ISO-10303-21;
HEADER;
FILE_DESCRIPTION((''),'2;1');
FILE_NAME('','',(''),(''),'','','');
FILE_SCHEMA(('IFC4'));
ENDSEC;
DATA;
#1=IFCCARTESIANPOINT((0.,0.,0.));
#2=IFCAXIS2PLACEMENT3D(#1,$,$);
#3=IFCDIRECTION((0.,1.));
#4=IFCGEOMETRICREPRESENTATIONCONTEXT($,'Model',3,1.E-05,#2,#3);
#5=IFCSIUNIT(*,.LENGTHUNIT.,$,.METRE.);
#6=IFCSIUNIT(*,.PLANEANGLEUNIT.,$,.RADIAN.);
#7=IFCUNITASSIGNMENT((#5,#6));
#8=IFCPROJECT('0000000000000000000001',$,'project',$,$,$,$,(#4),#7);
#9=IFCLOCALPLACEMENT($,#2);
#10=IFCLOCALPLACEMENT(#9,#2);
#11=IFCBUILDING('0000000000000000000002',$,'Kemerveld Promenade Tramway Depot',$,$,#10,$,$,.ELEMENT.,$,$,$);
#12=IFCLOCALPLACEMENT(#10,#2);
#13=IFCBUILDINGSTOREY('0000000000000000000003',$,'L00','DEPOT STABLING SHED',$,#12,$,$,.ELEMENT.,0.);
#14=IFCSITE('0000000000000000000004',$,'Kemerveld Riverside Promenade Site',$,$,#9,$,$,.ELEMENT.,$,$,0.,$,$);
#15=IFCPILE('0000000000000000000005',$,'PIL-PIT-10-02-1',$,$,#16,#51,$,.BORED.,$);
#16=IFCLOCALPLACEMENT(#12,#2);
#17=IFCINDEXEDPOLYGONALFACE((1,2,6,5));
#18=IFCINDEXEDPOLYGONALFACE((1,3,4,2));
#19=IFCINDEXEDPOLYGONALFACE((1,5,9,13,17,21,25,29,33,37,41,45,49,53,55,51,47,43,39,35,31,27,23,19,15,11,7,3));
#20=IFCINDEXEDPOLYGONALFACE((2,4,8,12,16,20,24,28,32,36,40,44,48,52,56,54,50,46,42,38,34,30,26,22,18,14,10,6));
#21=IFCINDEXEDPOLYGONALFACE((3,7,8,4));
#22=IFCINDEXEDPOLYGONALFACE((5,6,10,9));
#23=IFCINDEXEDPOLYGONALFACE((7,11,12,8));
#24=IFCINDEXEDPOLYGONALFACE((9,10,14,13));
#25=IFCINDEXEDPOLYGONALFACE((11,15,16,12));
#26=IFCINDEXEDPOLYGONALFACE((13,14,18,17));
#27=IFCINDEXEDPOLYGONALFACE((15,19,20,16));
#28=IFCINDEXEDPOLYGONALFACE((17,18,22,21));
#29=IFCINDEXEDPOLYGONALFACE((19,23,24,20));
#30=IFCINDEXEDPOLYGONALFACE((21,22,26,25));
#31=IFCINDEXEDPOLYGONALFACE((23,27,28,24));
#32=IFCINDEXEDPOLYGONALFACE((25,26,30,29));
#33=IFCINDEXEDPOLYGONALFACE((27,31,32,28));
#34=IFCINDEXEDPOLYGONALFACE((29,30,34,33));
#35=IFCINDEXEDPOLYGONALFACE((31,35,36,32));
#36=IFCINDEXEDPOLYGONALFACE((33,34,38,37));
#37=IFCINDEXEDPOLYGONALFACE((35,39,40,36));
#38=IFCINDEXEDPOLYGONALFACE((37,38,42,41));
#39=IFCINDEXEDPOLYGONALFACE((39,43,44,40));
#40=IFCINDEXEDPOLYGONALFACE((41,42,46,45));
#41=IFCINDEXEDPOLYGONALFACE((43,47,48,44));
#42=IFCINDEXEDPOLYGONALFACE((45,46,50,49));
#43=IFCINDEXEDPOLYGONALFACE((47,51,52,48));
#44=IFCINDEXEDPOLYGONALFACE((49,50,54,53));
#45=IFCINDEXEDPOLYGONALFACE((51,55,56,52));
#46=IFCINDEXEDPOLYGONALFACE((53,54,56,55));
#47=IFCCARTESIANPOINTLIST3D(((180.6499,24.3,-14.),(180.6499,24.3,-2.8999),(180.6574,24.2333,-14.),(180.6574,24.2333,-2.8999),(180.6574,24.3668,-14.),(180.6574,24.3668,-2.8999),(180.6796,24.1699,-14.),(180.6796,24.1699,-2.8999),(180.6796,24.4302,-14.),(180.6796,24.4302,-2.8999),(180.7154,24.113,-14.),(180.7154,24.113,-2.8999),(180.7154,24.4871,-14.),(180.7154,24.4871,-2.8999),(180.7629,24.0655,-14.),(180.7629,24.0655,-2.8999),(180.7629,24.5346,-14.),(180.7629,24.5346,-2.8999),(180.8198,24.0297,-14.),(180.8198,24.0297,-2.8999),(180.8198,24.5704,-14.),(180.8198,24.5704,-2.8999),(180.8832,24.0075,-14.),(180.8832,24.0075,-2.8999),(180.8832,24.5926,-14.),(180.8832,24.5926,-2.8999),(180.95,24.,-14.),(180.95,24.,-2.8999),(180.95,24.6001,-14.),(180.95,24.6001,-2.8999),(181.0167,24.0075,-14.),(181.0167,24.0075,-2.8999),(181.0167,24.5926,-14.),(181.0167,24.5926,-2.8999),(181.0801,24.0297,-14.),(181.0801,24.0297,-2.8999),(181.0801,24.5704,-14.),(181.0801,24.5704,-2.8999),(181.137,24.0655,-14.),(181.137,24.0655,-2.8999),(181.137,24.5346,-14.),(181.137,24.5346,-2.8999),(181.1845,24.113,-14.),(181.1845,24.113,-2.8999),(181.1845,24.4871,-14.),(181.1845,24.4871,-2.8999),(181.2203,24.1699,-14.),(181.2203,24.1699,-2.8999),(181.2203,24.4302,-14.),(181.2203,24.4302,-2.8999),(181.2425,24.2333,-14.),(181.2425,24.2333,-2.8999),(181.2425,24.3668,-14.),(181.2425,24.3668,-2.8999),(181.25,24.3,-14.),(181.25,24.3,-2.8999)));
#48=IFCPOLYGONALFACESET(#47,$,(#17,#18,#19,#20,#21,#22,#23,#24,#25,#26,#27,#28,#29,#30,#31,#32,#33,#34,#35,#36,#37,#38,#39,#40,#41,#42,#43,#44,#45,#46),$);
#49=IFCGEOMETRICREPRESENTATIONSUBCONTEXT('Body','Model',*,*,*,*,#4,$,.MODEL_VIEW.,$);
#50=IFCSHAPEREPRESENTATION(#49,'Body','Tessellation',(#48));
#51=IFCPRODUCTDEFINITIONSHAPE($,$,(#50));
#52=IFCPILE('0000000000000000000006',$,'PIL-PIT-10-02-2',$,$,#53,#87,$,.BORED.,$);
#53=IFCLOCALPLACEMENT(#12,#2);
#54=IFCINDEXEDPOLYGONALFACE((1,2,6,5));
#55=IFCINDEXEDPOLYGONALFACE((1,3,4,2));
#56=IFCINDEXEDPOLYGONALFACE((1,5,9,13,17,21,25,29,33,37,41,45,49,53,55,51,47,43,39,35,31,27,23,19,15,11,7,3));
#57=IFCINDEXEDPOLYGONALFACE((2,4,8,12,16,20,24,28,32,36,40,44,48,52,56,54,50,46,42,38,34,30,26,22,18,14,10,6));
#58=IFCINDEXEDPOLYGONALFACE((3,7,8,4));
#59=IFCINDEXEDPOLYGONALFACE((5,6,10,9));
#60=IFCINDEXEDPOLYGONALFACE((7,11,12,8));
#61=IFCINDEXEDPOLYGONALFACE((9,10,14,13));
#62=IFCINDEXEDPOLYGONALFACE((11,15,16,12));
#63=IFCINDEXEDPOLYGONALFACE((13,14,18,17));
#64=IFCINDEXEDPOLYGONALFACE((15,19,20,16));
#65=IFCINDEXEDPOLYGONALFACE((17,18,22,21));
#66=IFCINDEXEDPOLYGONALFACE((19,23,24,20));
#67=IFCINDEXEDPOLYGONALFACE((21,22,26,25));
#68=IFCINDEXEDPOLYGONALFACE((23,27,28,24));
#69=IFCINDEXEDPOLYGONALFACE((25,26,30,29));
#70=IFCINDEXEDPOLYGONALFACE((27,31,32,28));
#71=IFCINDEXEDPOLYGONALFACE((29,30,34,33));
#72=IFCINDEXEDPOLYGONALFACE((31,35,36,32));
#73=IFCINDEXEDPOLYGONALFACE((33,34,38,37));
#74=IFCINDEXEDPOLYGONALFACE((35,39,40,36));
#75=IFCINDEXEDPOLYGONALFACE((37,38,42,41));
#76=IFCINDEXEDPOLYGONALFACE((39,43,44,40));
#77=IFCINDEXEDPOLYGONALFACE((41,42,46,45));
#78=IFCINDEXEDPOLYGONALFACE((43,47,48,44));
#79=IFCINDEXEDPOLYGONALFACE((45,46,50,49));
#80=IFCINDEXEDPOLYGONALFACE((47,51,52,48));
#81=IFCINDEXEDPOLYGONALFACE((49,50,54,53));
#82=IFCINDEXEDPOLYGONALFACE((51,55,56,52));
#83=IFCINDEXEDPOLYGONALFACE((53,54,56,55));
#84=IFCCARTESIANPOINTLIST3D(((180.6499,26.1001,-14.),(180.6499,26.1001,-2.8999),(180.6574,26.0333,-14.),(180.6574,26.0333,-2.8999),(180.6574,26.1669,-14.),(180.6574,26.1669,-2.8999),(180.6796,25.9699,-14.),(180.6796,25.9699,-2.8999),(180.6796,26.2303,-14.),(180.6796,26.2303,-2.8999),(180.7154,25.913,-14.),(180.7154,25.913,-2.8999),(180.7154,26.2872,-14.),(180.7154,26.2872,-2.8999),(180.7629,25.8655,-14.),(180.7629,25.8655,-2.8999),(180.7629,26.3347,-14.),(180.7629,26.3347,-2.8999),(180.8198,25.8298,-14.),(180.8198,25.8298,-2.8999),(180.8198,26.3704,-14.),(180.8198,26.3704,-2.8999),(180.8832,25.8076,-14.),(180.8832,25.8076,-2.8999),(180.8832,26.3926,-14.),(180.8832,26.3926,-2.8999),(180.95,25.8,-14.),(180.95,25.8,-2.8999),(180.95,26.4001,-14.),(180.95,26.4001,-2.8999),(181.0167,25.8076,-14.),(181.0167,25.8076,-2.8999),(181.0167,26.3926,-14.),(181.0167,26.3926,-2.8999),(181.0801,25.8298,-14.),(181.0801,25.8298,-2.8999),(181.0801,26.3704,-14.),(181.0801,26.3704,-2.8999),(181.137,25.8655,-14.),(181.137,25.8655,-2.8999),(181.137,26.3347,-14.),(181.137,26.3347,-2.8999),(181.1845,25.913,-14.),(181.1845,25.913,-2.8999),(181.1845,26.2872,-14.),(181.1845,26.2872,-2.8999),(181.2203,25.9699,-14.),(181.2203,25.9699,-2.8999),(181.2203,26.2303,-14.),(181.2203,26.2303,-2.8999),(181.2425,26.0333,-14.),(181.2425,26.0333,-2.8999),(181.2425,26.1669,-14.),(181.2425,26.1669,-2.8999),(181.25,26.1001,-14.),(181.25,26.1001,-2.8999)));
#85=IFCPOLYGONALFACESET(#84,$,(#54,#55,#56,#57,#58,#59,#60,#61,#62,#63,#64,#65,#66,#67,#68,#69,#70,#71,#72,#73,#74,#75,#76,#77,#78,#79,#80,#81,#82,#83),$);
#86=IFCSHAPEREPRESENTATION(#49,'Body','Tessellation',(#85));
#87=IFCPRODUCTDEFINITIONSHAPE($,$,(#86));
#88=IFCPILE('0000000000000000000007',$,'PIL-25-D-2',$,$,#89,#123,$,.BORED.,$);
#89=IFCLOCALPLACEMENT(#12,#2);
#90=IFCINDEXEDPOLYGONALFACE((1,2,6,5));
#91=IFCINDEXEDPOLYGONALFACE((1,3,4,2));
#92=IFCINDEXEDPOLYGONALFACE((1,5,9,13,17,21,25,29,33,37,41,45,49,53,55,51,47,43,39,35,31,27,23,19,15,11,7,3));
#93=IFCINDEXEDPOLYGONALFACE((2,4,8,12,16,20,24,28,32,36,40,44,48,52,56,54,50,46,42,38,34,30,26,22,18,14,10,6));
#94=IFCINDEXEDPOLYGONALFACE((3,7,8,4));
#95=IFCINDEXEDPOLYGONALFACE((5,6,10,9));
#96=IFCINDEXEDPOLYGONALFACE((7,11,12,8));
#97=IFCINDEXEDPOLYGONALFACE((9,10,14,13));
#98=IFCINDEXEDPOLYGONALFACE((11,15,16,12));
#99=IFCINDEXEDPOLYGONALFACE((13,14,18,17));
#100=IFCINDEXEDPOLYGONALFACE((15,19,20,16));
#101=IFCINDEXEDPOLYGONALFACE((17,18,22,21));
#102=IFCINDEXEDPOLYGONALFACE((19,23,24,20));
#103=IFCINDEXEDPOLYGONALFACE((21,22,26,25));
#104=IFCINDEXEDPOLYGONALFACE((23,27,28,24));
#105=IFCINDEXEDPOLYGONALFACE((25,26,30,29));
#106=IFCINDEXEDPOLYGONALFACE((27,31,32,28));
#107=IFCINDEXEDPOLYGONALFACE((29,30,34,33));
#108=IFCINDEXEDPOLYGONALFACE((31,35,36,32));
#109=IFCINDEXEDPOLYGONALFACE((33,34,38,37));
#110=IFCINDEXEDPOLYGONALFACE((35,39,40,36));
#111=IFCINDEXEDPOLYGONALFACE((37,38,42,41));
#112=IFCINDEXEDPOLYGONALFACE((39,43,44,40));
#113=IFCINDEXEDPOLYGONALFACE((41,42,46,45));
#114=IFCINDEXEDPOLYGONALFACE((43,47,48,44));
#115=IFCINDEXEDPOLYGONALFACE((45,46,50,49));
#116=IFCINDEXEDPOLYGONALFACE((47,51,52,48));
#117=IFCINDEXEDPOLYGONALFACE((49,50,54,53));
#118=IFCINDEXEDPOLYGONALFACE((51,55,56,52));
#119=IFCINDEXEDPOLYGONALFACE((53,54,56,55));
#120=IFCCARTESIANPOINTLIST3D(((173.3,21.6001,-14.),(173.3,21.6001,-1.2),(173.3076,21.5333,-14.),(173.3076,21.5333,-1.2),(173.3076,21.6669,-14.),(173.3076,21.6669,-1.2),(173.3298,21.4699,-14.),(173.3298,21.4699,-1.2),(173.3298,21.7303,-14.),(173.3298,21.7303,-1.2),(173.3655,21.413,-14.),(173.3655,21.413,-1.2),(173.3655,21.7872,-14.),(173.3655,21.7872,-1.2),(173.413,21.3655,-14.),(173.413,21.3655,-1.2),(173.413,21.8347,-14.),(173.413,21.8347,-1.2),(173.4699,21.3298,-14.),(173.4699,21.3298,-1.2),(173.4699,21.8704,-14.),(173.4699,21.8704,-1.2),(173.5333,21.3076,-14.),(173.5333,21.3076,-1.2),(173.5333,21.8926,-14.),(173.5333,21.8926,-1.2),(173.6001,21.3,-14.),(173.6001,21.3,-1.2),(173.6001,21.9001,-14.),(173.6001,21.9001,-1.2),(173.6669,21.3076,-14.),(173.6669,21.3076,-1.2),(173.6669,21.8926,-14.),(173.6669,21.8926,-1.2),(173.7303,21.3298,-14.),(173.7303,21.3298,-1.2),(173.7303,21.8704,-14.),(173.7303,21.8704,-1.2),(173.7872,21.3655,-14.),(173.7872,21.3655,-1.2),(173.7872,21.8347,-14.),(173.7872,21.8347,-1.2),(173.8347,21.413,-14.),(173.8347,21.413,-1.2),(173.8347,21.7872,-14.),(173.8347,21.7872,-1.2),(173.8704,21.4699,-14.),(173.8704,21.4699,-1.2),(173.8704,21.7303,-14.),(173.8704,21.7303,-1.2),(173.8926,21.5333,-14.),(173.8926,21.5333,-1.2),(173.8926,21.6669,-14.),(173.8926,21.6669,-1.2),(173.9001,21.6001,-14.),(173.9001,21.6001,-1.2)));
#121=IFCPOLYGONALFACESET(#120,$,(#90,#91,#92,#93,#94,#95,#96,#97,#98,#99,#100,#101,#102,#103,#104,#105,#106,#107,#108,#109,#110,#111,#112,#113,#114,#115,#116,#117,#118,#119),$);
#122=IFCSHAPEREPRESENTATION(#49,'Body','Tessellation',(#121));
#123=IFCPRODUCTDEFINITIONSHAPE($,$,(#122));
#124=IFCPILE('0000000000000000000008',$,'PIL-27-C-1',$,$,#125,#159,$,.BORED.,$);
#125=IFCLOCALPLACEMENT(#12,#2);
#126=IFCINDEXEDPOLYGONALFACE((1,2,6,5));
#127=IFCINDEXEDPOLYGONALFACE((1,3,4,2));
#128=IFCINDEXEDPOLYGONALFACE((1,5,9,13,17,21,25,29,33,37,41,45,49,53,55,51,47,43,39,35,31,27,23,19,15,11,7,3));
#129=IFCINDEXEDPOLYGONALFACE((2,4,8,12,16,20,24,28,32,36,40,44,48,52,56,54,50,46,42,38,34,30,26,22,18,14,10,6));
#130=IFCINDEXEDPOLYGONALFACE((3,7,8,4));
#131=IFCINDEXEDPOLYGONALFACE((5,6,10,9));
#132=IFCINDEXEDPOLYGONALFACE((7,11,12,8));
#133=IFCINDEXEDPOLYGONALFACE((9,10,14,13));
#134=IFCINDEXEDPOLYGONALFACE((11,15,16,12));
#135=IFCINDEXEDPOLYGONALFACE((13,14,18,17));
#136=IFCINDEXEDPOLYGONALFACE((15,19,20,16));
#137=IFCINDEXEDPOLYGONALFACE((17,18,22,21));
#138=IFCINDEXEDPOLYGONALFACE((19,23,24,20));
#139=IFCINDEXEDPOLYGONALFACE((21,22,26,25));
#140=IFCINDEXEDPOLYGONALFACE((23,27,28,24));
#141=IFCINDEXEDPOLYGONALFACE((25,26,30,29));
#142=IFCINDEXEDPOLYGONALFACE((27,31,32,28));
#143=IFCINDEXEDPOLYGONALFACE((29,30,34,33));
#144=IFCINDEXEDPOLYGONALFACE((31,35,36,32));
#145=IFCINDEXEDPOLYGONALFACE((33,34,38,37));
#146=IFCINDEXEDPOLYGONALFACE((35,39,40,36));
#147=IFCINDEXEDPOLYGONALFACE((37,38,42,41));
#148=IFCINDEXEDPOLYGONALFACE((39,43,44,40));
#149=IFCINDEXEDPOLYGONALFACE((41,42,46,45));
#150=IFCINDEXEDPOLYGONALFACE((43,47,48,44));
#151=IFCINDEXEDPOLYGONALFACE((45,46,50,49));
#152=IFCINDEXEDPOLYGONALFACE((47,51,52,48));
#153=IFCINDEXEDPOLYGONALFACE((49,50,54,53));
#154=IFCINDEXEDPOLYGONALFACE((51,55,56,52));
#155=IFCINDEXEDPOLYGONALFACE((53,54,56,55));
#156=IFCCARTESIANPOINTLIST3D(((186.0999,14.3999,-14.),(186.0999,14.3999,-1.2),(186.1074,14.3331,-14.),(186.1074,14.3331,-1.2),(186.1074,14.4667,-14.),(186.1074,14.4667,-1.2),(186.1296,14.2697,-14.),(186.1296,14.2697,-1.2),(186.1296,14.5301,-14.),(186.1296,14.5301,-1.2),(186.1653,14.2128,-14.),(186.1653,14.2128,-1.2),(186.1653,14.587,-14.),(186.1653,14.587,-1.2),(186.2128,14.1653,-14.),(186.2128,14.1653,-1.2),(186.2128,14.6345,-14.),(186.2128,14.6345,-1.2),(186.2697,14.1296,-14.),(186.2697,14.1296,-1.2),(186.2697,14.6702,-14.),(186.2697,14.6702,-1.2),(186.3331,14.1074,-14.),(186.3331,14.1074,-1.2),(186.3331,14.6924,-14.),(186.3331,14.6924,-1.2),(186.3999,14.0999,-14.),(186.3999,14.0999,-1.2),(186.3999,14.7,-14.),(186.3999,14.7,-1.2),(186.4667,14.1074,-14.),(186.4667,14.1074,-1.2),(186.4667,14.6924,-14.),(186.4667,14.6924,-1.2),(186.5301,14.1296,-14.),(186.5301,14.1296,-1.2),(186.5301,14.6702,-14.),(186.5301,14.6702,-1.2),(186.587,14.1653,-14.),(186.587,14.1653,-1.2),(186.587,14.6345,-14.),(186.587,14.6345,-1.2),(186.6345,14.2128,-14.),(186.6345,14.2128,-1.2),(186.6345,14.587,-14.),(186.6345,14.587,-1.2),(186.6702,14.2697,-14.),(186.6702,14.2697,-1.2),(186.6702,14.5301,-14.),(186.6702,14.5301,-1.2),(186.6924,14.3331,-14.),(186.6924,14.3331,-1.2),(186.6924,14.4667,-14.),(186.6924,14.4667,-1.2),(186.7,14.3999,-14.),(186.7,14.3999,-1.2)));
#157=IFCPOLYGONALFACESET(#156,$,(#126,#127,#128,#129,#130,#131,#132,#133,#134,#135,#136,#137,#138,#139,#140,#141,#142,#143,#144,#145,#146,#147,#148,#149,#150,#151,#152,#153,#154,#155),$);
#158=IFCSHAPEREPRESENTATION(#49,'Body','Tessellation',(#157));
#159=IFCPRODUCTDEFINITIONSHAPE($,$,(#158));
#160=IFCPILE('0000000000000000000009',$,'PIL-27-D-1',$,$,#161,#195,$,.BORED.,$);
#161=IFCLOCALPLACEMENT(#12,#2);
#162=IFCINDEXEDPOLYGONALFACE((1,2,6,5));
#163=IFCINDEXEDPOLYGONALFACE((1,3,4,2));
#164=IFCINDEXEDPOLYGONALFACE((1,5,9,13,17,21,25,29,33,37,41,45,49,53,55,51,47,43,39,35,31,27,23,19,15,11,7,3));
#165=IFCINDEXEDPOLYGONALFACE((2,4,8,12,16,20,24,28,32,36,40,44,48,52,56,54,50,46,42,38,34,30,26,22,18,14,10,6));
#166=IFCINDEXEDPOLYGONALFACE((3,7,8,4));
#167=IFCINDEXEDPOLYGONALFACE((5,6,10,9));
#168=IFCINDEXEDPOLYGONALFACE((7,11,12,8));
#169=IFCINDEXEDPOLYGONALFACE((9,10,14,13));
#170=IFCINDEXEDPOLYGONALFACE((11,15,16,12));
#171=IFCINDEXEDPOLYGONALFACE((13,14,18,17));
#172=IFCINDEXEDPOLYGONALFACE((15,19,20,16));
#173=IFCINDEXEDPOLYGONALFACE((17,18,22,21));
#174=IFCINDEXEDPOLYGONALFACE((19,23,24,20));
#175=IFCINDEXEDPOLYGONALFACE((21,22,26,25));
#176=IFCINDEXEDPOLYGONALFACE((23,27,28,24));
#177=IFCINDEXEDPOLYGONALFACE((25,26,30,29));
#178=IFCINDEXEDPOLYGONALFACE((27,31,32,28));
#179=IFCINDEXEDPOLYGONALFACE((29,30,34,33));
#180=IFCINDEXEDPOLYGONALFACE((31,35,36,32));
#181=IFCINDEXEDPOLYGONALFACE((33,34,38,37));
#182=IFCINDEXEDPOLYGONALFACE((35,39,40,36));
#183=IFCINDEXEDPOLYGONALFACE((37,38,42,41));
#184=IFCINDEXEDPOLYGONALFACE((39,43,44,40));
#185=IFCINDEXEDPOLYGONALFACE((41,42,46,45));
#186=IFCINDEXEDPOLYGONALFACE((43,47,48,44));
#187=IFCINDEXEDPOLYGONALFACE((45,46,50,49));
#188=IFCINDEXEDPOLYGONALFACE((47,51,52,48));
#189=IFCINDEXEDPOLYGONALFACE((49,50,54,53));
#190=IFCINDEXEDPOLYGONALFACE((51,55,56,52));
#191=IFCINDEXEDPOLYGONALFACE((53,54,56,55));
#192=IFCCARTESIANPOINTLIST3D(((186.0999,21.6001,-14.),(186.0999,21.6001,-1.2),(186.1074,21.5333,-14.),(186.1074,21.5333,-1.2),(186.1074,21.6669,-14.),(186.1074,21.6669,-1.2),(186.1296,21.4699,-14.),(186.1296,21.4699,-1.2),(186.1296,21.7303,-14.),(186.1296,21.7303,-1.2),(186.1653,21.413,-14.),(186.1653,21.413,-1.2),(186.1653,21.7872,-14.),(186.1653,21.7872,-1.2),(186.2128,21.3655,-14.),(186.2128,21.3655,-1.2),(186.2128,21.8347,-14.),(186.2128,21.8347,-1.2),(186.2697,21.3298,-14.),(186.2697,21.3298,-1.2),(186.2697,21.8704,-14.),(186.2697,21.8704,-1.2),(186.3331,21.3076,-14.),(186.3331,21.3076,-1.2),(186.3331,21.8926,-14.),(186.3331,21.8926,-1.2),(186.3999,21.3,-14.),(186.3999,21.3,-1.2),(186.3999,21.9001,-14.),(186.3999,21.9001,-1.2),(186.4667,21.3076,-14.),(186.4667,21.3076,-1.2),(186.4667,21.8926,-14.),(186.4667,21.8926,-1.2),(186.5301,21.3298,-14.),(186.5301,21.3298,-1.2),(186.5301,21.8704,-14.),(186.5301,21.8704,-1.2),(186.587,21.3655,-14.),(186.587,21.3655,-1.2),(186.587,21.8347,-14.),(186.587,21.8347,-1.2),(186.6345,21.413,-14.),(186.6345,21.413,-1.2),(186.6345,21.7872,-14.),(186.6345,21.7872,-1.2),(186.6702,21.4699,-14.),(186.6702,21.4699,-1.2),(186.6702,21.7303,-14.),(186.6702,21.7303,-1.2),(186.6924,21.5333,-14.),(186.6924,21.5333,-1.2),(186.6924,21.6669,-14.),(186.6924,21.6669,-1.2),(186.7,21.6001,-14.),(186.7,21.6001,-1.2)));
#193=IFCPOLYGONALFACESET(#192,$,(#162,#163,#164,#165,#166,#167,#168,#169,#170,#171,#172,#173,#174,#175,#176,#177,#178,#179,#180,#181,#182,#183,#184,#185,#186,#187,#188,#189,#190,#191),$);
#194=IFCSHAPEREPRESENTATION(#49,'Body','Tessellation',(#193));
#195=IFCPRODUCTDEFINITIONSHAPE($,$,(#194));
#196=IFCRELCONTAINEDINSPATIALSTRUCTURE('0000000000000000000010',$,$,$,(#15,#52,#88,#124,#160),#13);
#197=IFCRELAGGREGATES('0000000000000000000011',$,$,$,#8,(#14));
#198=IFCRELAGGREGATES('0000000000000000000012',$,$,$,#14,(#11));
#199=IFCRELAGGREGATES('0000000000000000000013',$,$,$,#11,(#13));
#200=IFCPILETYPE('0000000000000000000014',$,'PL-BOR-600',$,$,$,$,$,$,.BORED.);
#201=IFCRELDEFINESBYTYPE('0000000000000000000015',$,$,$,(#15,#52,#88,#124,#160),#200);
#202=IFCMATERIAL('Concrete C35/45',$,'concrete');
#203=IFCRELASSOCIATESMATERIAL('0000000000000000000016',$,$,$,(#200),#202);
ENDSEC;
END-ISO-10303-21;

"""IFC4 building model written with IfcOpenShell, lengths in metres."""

from ifc_helpers import new_model, si_unit, direction, frame, origin, origin_2d, place, context, subcontext, project, spatial, circle, extrude, material, material_profile, profile_set, type_object, element, save


model = new_model("IFC4")

# Units and contexts
model_context = context("Model", 3, precision=1e-05, world=origin(), true_north=direction((0.0, 1.0)))
body_context = subcontext(model_context, "Body", "Model", "MODEL_VIEW")
ifc_project = project(units=[si_unit("LENGTHUNIT", "METRE"), si_unit("PLANEANGLEUNIT", "RADIAN")], contexts=[model_context])

# Site, building, storey
site_placement = place(None, origin())
site = spatial("IfcSite", under=ifc_project, at=site_placement, Name="Kemerveld Riverside Promenade Site", CompositionType="ELEMENT", RefElevation=0.0)
building_placement = place(site_placement, origin())
building = spatial("IfcBuilding", under=site, at=building_placement, Name="Kemerveld Promenade Tramway Depot", CompositionType="ELEMENT")
storey_placement = place(building_placement, origin())
storey = spatial("IfcBuildingStorey", under=building, at=storey_placement, Name="L00", Description="DEPOT STABLING SHED", CompositionType="ELEMENT", Elevation=0.0)

# Shared definitions
ifc_material_1 = material(Name="Concrete C35/45", Category="concrete")

# Piles
ifc_material_profile_1 = material_profile(ifc_material_1, circle(Radius=0.3, at=origin_2d()), Name="PILE-D600")
ifc_profile_set_1 = profile_set([ifc_material_profile_1], Name="Concrete C35/45")
pile_type_1 = type_object("IfcPileType", Name="PL-BOR-600", PredefinedType="BORED", material=ifc_profile_set_1)
for number, where, z_axis, x_axis, name in (
    (1, (180.95, 24.3, -2.8999), (0.0, 0.0, -1.0), (1.0, 0.0, 0.0), "PIL-PIT-10-02-1"),
    (2, (180.95, 26.1001, -2.8999), (0.0, 0.0, -1.0), (1.0, 0.0, 0.0), "PIL-PIT-10-02-2"),
):
    element("IfcPile", number, at=place(storey_placement, frame(where, z_axis=z_axis, x_axis=x_axis)), inside=storey, type_object=pile_type_1, Name=name, PredefinedType="BORED", context=body_context, shape_type="SweptSolid", body=[
        extrude(circle(Radius=0.3, at=origin_2d()), origin(), (0.0, 0.0, 1.0), 11.1001),
    ])
for number, where, z_axis, x_axis, name in (
    (3, (173.6001, 21.6001, -1.2), (0.0, 0.0, -1.0), (1.0, 0.0, 0.0), "PIL-25-D-2"),
    (4, (186.3999, 14.3999, -1.2), (0.0, 0.0, -1.0), (1.0, 0.0, 0.0), "PIL-27-C-1"),
    (5, (186.3999, 21.6001, -1.2), (0.0, 0.0, -1.0), (1.0, 0.0, 0.0), "PIL-27-D-1"),
):
    element("IfcPile", number, at=place(storey_placement, frame(where, z_axis=z_axis, x_axis=x_axis)), inside=storey, type_object=pile_type_1, Name=name, PredefinedType="BORED", context=body_context, shape_type="SweptSolid", body=[
        extrude(circle(Radius=0.3, at=origin_2d()), origin(), (0.0, 0.0, 1.0), 12.8),
    ])

save(model, "model.ifc")
